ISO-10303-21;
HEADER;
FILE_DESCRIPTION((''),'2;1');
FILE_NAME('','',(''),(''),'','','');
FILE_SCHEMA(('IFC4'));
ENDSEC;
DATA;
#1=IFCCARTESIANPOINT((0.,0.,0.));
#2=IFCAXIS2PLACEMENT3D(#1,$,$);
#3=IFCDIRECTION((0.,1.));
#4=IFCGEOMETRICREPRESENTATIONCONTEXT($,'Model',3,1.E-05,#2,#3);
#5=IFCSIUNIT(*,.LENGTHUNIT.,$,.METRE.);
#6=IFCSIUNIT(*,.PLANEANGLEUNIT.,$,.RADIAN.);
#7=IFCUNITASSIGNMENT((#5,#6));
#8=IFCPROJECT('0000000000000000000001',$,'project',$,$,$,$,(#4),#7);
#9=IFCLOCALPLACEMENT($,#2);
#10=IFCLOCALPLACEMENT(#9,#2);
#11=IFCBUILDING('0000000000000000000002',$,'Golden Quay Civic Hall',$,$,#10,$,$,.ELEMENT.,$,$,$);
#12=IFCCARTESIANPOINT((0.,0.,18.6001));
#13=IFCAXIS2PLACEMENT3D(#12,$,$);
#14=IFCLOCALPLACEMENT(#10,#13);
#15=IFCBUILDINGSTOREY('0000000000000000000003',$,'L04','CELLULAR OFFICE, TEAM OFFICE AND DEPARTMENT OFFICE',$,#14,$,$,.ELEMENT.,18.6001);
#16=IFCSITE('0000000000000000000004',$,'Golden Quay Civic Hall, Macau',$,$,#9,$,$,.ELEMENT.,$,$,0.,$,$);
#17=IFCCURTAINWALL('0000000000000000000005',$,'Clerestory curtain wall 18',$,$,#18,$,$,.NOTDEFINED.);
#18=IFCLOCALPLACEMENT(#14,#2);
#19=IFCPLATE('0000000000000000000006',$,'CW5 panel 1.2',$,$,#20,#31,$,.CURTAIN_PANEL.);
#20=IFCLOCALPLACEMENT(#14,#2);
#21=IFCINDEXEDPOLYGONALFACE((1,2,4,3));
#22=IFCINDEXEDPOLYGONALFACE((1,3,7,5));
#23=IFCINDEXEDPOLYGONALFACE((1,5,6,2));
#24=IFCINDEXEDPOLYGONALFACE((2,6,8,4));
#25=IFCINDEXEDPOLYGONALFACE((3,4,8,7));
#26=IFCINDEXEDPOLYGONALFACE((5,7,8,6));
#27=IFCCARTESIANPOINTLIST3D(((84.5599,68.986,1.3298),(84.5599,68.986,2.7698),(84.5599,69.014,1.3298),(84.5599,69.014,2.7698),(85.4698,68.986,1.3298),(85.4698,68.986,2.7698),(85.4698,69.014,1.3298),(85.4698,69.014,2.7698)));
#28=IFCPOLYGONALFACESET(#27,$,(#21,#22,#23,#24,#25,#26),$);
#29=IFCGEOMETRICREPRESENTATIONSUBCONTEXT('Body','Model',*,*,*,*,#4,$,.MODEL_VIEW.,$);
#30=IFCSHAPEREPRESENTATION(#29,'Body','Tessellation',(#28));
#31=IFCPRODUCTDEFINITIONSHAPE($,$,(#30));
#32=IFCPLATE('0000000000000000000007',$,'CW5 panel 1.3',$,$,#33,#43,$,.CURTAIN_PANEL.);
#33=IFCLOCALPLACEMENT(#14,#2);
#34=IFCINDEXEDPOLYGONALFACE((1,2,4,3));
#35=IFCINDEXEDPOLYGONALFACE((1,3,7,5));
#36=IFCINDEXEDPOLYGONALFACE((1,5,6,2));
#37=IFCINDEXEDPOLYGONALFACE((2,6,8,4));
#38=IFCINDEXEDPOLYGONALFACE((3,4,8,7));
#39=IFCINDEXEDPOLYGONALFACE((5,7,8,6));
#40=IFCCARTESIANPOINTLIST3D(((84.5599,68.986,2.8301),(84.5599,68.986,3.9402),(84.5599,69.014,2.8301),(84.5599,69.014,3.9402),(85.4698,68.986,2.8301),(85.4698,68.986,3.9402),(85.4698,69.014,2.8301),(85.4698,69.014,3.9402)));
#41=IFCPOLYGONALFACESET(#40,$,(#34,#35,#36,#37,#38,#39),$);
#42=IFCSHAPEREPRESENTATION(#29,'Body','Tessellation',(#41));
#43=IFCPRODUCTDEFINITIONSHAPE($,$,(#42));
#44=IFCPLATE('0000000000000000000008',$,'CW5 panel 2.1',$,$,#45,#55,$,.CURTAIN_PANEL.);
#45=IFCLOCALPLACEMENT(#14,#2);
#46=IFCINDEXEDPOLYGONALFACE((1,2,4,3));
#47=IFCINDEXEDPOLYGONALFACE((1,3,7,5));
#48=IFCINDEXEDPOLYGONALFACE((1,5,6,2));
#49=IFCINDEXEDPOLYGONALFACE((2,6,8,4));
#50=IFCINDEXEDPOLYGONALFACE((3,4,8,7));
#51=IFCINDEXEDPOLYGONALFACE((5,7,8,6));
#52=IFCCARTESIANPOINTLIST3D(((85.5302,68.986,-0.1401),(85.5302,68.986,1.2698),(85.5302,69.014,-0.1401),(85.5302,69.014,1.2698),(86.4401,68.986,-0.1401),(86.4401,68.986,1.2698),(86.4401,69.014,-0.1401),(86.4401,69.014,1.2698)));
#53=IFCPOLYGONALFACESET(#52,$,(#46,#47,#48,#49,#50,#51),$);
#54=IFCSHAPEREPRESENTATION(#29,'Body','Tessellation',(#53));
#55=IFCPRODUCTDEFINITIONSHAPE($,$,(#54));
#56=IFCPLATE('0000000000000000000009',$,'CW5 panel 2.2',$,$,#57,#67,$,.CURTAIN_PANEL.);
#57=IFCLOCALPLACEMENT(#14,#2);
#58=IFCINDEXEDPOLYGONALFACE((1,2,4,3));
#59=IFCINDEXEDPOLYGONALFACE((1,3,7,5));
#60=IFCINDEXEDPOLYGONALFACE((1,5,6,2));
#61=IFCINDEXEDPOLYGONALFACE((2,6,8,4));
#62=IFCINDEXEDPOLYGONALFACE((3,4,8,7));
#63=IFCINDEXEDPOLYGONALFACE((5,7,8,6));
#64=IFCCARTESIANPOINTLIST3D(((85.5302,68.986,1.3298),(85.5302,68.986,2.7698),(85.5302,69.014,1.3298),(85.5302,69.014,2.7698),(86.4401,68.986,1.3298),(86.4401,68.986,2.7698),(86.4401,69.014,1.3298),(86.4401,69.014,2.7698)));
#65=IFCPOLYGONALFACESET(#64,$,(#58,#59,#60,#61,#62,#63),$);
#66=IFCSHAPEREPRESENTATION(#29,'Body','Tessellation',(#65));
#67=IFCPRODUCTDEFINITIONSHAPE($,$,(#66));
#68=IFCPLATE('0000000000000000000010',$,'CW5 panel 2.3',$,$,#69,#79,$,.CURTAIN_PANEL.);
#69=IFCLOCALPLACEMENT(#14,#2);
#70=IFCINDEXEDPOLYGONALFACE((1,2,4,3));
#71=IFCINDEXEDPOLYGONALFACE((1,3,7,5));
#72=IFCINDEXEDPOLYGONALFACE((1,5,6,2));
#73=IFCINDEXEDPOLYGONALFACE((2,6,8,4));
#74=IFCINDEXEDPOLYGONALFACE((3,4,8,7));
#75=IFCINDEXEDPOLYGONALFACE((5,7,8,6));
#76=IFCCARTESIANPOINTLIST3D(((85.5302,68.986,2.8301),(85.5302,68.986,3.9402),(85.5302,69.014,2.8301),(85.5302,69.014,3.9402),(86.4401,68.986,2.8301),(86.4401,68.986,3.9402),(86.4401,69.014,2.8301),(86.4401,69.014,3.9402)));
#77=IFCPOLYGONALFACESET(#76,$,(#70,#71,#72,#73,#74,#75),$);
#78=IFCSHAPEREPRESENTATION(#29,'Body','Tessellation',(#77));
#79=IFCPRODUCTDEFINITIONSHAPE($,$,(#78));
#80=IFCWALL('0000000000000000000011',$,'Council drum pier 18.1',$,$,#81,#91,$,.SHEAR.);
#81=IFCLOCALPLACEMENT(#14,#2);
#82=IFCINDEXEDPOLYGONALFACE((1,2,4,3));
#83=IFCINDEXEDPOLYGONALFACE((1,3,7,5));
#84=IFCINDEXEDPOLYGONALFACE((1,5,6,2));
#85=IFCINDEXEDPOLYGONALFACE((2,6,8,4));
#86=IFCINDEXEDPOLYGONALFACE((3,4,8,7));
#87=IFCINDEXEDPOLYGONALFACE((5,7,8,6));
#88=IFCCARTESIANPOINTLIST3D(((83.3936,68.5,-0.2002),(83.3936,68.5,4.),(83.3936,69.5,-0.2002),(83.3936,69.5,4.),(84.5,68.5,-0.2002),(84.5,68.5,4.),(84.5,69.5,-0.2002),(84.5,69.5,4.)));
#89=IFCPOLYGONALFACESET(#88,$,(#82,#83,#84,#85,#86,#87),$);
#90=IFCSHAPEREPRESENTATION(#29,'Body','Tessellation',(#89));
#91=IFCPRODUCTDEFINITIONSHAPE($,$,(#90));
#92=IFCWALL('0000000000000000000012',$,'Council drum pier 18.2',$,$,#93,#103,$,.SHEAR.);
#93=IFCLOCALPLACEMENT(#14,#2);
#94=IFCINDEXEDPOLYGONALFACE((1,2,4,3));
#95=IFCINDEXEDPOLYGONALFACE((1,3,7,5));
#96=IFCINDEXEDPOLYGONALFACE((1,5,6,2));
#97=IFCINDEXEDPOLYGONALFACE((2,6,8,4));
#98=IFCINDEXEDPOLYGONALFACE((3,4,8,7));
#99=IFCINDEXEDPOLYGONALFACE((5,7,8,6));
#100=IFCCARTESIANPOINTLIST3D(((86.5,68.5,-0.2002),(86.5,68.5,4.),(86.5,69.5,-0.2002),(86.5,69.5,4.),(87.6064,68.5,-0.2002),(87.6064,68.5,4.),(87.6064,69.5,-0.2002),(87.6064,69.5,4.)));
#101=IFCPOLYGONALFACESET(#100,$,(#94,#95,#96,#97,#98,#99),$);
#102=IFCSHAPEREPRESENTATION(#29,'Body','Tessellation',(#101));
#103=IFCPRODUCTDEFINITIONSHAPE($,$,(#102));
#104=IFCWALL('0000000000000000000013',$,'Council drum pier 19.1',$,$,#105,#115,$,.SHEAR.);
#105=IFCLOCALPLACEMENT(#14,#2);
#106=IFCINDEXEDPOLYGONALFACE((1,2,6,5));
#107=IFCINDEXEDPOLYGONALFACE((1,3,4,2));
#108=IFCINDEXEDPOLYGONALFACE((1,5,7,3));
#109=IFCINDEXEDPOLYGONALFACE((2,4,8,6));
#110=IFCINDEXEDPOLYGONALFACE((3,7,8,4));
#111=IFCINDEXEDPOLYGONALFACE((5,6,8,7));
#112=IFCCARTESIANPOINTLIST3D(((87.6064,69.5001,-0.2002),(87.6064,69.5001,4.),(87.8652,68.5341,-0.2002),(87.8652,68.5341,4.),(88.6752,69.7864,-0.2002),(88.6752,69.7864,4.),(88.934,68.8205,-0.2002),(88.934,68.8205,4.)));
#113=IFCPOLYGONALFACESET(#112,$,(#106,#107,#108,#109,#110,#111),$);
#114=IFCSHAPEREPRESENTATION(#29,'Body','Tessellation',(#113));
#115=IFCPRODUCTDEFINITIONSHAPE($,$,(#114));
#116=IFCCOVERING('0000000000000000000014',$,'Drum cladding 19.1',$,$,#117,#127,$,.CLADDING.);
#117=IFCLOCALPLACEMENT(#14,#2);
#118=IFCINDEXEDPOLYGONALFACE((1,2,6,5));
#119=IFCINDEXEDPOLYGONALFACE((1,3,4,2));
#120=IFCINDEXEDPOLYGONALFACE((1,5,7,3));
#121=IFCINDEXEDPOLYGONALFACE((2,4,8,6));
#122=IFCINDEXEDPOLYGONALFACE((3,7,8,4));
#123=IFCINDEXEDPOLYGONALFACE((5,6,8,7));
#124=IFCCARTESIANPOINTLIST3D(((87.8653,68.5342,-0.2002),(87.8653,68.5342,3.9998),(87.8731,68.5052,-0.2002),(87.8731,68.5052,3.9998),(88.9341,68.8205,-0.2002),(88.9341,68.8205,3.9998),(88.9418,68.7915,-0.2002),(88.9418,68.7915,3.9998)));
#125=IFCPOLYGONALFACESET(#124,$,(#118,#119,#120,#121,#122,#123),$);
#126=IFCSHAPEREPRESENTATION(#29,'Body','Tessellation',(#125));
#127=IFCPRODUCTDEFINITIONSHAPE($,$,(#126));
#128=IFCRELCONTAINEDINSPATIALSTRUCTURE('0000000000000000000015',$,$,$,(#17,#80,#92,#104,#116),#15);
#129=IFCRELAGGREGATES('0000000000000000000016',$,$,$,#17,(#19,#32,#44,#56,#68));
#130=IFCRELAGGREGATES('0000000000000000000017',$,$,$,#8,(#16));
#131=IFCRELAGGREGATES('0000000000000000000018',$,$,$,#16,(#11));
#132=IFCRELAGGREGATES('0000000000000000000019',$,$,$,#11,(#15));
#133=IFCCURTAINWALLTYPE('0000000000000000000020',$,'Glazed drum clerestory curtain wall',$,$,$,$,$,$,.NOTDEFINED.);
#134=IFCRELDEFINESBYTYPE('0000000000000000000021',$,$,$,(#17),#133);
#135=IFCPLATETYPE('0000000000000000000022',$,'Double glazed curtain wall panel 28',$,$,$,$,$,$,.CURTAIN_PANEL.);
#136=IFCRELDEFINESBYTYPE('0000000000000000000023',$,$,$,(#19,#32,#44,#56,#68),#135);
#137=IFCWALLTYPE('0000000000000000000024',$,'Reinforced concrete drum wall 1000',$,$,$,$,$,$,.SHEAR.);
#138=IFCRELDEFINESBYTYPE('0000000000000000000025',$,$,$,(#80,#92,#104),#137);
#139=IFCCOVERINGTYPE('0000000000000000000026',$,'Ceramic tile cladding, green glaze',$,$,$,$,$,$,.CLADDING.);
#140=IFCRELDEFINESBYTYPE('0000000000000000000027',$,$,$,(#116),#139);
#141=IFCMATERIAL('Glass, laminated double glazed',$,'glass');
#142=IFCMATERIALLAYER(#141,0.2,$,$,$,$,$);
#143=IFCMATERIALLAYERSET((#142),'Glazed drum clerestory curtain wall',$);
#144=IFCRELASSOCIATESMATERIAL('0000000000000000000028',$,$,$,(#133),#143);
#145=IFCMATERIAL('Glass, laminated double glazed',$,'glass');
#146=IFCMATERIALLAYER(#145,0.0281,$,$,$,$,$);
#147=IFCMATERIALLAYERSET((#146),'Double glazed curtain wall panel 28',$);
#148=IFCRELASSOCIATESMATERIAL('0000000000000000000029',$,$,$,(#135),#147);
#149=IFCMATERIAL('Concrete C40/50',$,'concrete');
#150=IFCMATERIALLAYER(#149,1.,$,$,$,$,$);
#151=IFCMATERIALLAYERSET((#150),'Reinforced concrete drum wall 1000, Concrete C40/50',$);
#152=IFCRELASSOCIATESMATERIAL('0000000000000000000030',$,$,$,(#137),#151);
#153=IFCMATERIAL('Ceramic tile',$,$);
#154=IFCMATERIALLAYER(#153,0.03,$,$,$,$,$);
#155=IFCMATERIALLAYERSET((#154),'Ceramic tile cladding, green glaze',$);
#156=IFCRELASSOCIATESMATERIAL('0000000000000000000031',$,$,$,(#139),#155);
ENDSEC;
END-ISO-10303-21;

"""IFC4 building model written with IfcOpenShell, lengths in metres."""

from ifc_helpers import new_model, si_unit, direction, frame, frame_2d, origin, origin_2d, place, context, subcontext, project, spatial, rectangle, extrude, material, layer, layer_set, type_object, element, aggregate, save


model = new_model("IFC4")

# Units and contexts
model_context = context("Model", 3, precision=1e-05, world=origin(), true_north=direction((0.0, 1.0)))
body_context = subcontext(model_context, "Body", "Model", "MODEL_VIEW")
ifc_project = project(units=[si_unit("LENGTHUNIT", "METRE"), si_unit("PLANEANGLEUNIT", "RADIAN")], contexts=[model_context])

# Site, building, storey
site_placement = place(None, origin())
site = spatial("IfcSite", under=ifc_project, at=site_placement, Name="Golden Quay Civic Hall, Macau", CompositionType="ELEMENT", RefElevation=0.0)
building_placement = place(site_placement, origin())
building = spatial("IfcBuilding", under=site, at=building_placement, Name="Golden Quay Civic Hall", CompositionType="ELEMENT")
storey_placement = place(building_placement, frame((0.0, 0.0, 18.6001)))
storey = spatial("IfcBuildingStorey", under=building, at=storey_placement, Name="L04", Description="CELLULAR OFFICE, TEAM OFFICE AND DEPARTMENT OFFICE", CompositionType="ELEMENT", Elevation=18.6001)

# Curtain wall
ifc_material_1 = material(Name="Glass, laminated double glazed", Category="glass")
ifc_layer_1 = layer(ifc_material_1, 0.2)
ifc_layer_set_1 = layer_set([ifc_layer_1], Name="Glazed drum clerestory curtain wall")
curtain_wall_type = type_object("IfcCurtainWallType", Name="Glazed drum clerestory curtain wall", PredefinedType="NOTDEFINED", material=ifc_layer_set_1)
curtain_wall_placement = place(storey_placement, origin())
curtain_wall = element("IfcCurtainWall", 1, at=curtain_wall_placement, inside=storey, type_object=curtain_wall_type, Name="Clerestory curtain wall 18", PredefinedType="NOTDEFINED")

# Plates
ifc_material_2 = material(Name="Glass, laminated double glazed", Category="glass")
ifc_layer_2 = layer(ifc_material_2, 0.0281)
ifc_layer_set_2 = layer_set([ifc_layer_2], Name="Double glazed curtain wall panel 28")
plate_type = type_object("IfcPlateType", Name="Double glazed curtain wall panel 28", PredefinedType="CURTAIN_PANEL", material=ifc_layer_set_2)
plate_1_placement = place(storey_placement, frame((85.0149, 69.0, 1.3298), z_axis=(0.0, 0.0, 1.0), x_axis=(1.0, 0.0, 0.0)))
plate_1 = element("IfcPlate", 2, at=plate_1_placement, type_object=plate_type, Name="CW5 panel 1.2", PredefinedType="CURTAIN_PANEL", context=body_context, shape_type="SweptSolid", body=[
    extrude(rectangle(XDim=0.9099, YDim=0.0281, at=origin_2d()), origin(), (0.0, 0.0, 1.0), 1.4399),
])
plate_2_placement = place(storey_placement, frame((85.0149, 69.0, 2.8301), z_axis=(0.0, 0.0, 1.0), x_axis=(1.0, 0.0, 0.0)))
plate_2 = element("IfcPlate", 3, at=plate_2_placement, type_object=plate_type, Name="CW5 panel 1.3", PredefinedType="CURTAIN_PANEL", context=body_context, shape_type="SweptSolid", body=[
    extrude(rectangle(XDim=0.9099, YDim=0.0281, at=origin_2d()), origin(), (0.0, 0.0, 1.0), 1.1101),
])
plate_3_placement = place(storey_placement, frame((85.9851, 69.0, -0.1401), z_axis=(0.0, 0.0, 1.0), x_axis=(1.0, 0.0, 0.0)))
plate_3 = element("IfcPlate", 4, at=plate_3_placement, type_object=plate_type, Name="CW5 panel 2.1", PredefinedType="CURTAIN_PANEL", context=body_context, shape_type="SweptSolid", body=[
    extrude(rectangle(XDim=0.9099, YDim=0.0281, at=origin_2d()), origin(), (0.0, 0.0, 1.0), 1.4099),
])
plate_4_placement = place(storey_placement, frame((85.9851, 69.0, 1.3298), z_axis=(0.0, 0.0, 1.0), x_axis=(1.0, 0.0, 0.0)))
plate_4 = element("IfcPlate", 5, at=plate_4_placement, type_object=plate_type, Name="CW5 panel 2.2", PredefinedType="CURTAIN_PANEL", context=body_context, shape_type="SweptSolid", body=[
    extrude(rectangle(XDim=0.9099, YDim=0.0281, at=origin_2d()), origin(), (0.0, 0.0, 1.0), 1.4399),
])
plate_5_placement = place(storey_placement, frame((85.9851, 69.0, 2.8301), z_axis=(0.0, 0.0, 1.0), x_axis=(1.0, 0.0, 0.0)))
plate_5 = element("IfcPlate", 6, at=plate_5_placement, type_object=plate_type, Name="CW5 panel 2.3", PredefinedType="CURTAIN_PANEL", context=body_context, shape_type="SweptSolid", body=[
    extrude(rectangle(XDim=0.9099, YDim=0.0281, at=origin_2d()), origin(), (0.0, 0.0, 1.0), 1.1101),
])
aggregate(curtain_wall, [plate_1, plate_2, plate_3, plate_4, plate_5])

# Walls
ifc_material_3 = material(Name="Concrete C40/50", Category="concrete")
ifc_layer_3 = layer(ifc_material_3, 1.0)
ifc_layer_set_3 = layer_set([ifc_layer_3], Name="Reinforced concrete drum wall 1000, Concrete C40/50")
wall_type = type_object("IfcWallType", Name="Reinforced concrete drum wall 1000", PredefinedType="SHEAR", material=ifc_layer_set_3)
for number, where, z_axis, x_axis, name in (
    (7, (83.3936, 69.0, -0.2002), (0.0, 0.0, 1.0), (1.0, 0.0, 0.0), "Council drum pier 18.1"),
    (8, (86.5, 69.0, -0.2002), (0.0, 0.0, 1.0), (1.0, 0.0, 0.0), "Council drum pier 18.2"),
    (9, (87.7358, 69.0171, -0.2002), (0.0, 0.0, 1.0), (0.96593, 0.258802, 0.0), "Council drum pier 19.1"),
):
    element("IfcWall", number, at=place(storey_placement, frame(where, z_axis=z_axis, x_axis=x_axis)), inside=storey, type_object=wall_type, Name=name, PredefinedType="SHEAR", context=body_context, shape_type="SweptSolid", body=[
        extrude(rectangle(XDim=1.1064, YDim=1.0, at=frame_2d((0.5532, 0.0))), origin(), (0.0, 0.0, 1.0), 4.2002),
    ])

# Covering
ifc_material_4 = material(Name="Ceramic tile")
ifc_layer_4 = layer(ifc_material_4, 0.03)
ifc_layer_set_4 = layer_set([ifc_layer_4], Name="Ceramic tile cladding, green glaze")
covering_type = type_object("IfcCoveringType", Name="Ceramic tile cladding, green glaze", PredefinedType="CLADDING", material=ifc_layer_set_4)
covering_placement = place(storey_placement, frame((88.4036, 68.6628, -0.2002), z_axis=(0.0, 0.0, 1.0), x_axis=(0.965926, 0.258819, 0.0)))
element("IfcCovering", 10, at=covering_placement, inside=storey, type_object=covering_type, Name="Drum cladding 19.1", PredefinedType="CLADDING", context=body_context, shape_type="SweptSolid", body=[
    extrude(rectangle(XDim=1.1064, YDim=0.03, at=origin_2d()), origin(), (0.0, 0.0, 1.0), 4.2),
])

save(model, "model.ifc")
